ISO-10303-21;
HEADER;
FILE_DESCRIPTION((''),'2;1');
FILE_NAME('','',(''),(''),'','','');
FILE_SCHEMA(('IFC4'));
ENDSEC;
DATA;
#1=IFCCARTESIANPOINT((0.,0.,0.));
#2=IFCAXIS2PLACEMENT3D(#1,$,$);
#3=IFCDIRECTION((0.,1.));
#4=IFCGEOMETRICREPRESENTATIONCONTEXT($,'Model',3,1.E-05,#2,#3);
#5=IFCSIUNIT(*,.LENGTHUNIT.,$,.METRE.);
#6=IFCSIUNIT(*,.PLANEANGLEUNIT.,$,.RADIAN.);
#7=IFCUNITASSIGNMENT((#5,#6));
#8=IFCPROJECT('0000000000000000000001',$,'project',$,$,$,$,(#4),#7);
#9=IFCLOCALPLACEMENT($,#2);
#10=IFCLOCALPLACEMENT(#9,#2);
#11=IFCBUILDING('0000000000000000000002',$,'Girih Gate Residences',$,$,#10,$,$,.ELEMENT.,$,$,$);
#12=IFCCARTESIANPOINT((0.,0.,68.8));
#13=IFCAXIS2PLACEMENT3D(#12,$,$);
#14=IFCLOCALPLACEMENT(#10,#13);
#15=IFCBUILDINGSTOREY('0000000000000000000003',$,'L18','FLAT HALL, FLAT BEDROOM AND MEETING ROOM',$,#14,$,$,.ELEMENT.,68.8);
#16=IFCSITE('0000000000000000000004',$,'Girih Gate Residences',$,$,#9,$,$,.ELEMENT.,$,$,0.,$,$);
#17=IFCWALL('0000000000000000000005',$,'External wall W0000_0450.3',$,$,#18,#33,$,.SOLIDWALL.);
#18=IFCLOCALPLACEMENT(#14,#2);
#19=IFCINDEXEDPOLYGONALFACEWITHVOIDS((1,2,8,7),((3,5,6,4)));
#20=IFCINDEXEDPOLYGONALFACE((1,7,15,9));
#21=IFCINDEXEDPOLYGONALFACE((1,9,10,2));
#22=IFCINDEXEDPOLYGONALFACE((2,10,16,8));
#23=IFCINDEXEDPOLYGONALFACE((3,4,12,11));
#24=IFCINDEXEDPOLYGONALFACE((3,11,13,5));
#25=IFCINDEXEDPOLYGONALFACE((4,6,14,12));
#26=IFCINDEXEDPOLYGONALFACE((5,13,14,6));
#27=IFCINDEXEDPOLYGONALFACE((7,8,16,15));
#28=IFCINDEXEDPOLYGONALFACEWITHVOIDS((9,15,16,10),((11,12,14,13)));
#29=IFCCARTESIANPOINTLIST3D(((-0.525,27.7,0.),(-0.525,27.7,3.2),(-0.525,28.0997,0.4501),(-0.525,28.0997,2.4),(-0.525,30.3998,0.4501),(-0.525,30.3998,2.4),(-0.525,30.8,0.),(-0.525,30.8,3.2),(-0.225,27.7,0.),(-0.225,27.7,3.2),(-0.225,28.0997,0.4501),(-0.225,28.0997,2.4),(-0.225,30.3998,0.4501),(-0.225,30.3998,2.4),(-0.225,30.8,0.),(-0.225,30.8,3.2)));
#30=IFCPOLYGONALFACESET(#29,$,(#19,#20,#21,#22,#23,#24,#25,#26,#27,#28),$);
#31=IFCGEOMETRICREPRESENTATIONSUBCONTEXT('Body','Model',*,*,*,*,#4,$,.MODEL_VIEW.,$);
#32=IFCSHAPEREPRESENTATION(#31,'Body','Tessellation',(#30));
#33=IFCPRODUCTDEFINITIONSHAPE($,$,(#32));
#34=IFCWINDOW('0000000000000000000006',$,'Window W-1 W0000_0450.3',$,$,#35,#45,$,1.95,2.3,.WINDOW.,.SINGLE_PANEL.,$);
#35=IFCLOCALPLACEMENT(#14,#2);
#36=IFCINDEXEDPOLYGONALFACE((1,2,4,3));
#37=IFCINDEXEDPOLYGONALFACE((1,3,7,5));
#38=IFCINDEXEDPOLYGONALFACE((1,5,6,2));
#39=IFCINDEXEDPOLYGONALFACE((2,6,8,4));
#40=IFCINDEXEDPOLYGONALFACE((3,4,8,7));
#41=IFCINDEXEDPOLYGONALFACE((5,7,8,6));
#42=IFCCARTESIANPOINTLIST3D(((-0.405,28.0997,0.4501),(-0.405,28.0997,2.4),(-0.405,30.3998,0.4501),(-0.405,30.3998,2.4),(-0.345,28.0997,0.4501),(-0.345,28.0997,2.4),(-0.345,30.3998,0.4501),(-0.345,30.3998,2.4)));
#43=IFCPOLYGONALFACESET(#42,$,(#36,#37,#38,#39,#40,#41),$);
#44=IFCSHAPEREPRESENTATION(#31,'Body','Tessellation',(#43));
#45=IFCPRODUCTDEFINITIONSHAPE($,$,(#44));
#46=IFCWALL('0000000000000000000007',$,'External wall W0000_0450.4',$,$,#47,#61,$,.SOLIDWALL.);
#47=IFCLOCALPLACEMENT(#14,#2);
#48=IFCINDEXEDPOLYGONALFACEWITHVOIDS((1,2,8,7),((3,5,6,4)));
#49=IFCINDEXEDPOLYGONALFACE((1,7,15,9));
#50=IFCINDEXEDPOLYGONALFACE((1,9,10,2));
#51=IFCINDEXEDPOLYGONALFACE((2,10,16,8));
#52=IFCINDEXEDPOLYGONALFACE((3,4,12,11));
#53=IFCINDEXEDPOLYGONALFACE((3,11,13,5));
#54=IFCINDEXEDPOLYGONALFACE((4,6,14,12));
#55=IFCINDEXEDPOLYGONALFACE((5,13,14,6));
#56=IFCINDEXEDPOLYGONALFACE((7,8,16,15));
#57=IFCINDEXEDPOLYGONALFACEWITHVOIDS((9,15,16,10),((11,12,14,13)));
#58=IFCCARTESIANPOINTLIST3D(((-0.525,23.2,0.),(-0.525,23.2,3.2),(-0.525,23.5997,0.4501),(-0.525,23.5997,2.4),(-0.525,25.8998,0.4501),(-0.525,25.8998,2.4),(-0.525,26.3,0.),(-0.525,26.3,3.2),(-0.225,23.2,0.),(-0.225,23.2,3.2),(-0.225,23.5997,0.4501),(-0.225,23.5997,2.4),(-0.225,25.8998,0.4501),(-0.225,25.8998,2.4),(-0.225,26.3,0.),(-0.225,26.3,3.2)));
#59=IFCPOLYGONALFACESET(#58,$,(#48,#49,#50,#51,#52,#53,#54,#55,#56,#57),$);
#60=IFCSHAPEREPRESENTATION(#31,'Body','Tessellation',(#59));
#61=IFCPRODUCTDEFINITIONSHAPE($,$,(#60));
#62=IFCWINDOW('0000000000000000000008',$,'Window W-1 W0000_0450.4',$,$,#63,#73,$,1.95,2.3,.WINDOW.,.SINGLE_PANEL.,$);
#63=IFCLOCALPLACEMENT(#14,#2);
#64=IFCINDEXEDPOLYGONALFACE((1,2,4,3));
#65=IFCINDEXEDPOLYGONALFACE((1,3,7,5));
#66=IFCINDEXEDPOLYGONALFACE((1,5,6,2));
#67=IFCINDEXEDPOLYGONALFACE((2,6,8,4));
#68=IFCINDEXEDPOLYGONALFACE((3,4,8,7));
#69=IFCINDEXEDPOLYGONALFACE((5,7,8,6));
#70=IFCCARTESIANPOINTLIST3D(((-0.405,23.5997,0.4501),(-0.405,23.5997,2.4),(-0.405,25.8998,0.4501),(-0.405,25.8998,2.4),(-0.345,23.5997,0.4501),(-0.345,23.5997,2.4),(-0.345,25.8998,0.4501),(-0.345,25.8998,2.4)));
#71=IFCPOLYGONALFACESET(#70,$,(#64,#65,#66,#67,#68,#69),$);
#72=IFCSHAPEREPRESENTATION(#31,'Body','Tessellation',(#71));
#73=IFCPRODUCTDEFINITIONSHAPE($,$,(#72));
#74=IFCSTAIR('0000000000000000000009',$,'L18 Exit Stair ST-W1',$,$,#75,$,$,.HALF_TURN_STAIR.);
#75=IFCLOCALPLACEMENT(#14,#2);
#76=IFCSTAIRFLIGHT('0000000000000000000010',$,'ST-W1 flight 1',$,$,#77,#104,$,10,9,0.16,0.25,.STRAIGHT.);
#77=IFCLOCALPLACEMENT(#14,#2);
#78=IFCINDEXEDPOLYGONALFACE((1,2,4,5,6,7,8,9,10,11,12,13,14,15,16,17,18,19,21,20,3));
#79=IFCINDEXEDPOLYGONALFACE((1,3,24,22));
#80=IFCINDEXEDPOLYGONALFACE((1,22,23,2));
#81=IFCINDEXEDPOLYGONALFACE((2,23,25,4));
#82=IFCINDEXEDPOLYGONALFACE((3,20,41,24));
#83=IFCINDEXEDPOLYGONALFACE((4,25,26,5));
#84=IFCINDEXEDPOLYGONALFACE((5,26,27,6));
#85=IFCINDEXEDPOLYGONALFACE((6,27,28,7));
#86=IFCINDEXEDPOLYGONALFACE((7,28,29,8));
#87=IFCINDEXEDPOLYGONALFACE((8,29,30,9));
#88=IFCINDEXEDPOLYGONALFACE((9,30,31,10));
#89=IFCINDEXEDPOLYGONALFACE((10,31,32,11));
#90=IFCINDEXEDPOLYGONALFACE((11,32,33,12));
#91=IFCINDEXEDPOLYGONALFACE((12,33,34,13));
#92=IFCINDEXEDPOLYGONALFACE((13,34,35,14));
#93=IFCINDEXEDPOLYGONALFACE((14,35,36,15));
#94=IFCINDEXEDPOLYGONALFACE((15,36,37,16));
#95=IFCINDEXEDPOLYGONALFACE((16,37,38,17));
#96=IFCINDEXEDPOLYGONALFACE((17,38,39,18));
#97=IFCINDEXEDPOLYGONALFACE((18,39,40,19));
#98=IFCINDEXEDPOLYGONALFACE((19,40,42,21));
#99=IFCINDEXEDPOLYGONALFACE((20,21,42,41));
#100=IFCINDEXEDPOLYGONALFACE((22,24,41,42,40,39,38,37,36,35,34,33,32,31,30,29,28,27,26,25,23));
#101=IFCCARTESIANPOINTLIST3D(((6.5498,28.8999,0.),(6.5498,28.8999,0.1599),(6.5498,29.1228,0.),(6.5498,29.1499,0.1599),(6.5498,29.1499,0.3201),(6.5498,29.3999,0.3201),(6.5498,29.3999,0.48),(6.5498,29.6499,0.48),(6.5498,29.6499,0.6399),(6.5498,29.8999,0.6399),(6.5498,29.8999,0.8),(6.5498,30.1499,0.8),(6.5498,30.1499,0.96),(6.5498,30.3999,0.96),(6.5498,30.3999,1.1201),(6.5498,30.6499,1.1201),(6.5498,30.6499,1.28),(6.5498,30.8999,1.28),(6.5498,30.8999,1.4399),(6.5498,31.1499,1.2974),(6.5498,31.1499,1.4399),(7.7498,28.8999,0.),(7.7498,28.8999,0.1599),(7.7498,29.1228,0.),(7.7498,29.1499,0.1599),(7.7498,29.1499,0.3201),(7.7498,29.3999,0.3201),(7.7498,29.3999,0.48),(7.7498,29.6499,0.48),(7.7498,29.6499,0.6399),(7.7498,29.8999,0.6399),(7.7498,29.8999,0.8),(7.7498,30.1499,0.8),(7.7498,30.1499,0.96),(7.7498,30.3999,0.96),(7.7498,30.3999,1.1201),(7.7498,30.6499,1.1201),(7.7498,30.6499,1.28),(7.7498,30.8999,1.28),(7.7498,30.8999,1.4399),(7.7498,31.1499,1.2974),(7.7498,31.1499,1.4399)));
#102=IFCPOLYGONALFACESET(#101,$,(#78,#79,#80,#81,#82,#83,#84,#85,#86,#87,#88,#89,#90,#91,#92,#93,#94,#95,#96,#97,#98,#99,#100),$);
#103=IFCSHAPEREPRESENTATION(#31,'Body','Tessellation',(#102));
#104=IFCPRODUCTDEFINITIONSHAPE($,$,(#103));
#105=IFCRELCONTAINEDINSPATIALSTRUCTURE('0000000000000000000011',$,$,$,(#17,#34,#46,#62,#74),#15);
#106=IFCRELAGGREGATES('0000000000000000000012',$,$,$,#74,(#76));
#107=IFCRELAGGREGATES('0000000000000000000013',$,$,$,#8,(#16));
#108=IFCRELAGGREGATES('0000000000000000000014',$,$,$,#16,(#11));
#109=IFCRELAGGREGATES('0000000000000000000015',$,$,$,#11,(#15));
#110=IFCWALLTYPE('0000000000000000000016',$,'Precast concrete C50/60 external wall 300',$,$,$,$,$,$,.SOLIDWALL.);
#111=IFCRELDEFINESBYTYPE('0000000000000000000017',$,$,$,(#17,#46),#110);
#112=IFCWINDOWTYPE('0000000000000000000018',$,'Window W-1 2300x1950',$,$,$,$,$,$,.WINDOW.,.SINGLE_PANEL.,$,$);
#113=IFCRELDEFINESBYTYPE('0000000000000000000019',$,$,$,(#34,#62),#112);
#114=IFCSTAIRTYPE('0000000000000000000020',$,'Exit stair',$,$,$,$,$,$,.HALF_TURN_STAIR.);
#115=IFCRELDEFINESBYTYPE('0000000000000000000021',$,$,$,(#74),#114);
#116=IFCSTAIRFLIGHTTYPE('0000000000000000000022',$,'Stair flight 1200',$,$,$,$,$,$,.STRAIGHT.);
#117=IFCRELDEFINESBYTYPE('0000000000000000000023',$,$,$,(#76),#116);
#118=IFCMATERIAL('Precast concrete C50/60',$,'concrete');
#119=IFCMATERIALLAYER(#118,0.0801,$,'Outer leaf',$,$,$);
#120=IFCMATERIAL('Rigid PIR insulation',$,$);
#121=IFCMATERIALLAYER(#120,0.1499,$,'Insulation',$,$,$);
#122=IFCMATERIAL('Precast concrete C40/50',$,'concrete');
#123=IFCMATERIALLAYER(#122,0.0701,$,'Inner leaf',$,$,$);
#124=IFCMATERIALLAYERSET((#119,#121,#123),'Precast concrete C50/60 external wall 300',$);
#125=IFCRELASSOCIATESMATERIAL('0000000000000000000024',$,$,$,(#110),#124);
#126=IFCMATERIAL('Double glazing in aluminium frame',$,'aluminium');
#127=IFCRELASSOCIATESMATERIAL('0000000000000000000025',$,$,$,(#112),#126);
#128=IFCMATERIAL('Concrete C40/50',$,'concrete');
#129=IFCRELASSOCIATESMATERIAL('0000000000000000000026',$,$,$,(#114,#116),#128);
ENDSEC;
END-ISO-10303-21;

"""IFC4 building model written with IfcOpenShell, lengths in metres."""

from ifc_helpers import new_model, si_unit, direction, frame, frame_2d, origin, place, context, subcontext, project, spatial, polyline, rectangle, outline, extrude, material, layer, layer_set, type_object, element, fill, aggregate, save


model = new_model("IFC4")

# Units and contexts
model_context = context("Model", 3, precision=1e-05, world=origin(), true_north=direction((0.0, 1.0)))
body_context = subcontext(model_context, "Body", "Model", "MODEL_VIEW")
ifc_project = project(units=[si_unit("LENGTHUNIT", "METRE"), si_unit("PLANEANGLEUNIT", "RADIAN")], contexts=[model_context])

# Site, building, storey
site_placement = place(None, origin())
site = spatial("IfcSite", under=ifc_project, at=site_placement, Name="Girih Gate Residences", CompositionType="ELEMENT", RefElevation=0.0)
building_placement = place(site_placement, origin())
building = spatial("IfcBuilding", under=site, at=building_placement, Name="Girih Gate Residences", CompositionType="ELEMENT")
storey_placement = place(building_placement, frame((0.0, 0.0, 68.8)))
storey = spatial("IfcBuildingStorey", under=building, at=storey_placement, Name="L18", Description="FLAT HALL, FLAT BEDROOM AND MEETING ROOM", CompositionType="ELEMENT", Elevation=68.8)

# Walls, openings, windows
ifc_material_1 = material(Name="Precast concrete C50/60", Category="concrete")
ifc_layer_1 = layer(ifc_material_1, 0.0801, Name="Outer leaf")
ifc_material_2 = material(Name="Rigid PIR insulation")
ifc_layer_2 = layer(ifc_material_2, 0.1499, Name="Insulation")
ifc_material_3 = material(Name="Precast concrete C40/50", Category="concrete")
ifc_layer_3 = layer(ifc_material_3, 0.0701, Name="Inner leaf")
ifc_layer_set_1 = layer_set([ifc_layer_1, ifc_layer_2, ifc_layer_3], Name="Precast concrete C50/60 external wall 300")
wall_type_1 = type_object("IfcWallType", Name="Precast concrete C50/60 external wall 300", PredefinedType="SOLIDWALL", material=ifc_layer_set_1)
wall_1_placement = place(storey_placement, frame((-0.375, 27.7, 0.0), z_axis=(0.0, 0.0, 1.0), x_axis=(0.0, 1.0, 0.0)))
wall_1 = element("IfcWall", 1, at=wall_1_placement, inside=storey, type_object=wall_type_1, Name="External wall W0000_0450.3", PredefinedType="SOLIDWALL", context=body_context, shape_type="SweptSolid", body=[
    extrude(rectangle(XDim=3.1001, YDim=0.3, at=frame_2d((1.55, 0.0))), origin(), (0.0, 0.0, 1.0), 3.2),
])
opening_1_placement = place(wall_1_placement, frame((0.3999, 0.0, 0.45)))
opening_1 = element("IfcOpeningElement", 2, at=opening_1_placement, cuts=wall_1, PredefinedType="OPENING", context=body_context, shape_type="SweptSolid", body=[
    extrude(rectangle(XDim=2.3, YDim=1.95, at=frame_2d((1.1499, 0.9751))), frame((0.0, 0.1599, 0.0), z_axis=(0.0, -1.0, 0.0), x_axis=(1.0, 0.0, 0.0)), (0.0, 0.0, 1.0), 0.3201),
])
ifc_material_4 = material(Name="Double glazing in aluminium frame", Category="aluminium")
window_type = type_object("IfcWindowType", Name="Window W-1 2300x1950", PartitioningType="SINGLE_PANEL", PredefinedType="WINDOW", material=ifc_material_4)
window_1_placement = place(opening_1_placement, origin())
window_1 = element("IfcWindow", 3, at=window_1_placement, inside=storey, type_object=window_type, Name="Window W-1 W0000_0450.3", OverallHeight=1.95, OverallWidth=2.3, PartitioningType="SINGLE_PANEL", PredefinedType="WINDOW", context=body_context, shape_type="SweptSolid", body=[
    extrude(rectangle(XDim=2.3, YDim=1.95, at=frame_2d((1.1499, 0.9751))), frame((0.0, 0.03, 0.0), z_axis=(0.0, -1.0, 0.0), x_axis=(1.0, 0.0, 0.0)), (0.0, 0.0, 1.0), 0.0601),
])
fill(opening_1, window_1)
wall_2_placement = place(storey_placement, frame((-0.375, 23.2, 0.0), z_axis=(0.0, 0.0, 1.0), x_axis=(0.0, 1.0, 0.0)))
wall_2 = element("IfcWall", 4, at=wall_2_placement, inside=storey, type_object=wall_type_1, Name="External wall W0000_0450.4", PredefinedType="SOLIDWALL", context=body_context, shape_type="SweptSolid", body=[
    extrude(rectangle(XDim=3.1001, YDim=0.3, at=frame_2d((1.55, 0.0))), origin(), (0.0, 0.0, 1.0), 3.2),
])
opening_2_placement = place(wall_2_placement, frame((0.3999, 0.0, 0.45)))
opening_2 = element("IfcOpeningElement", 5, at=opening_2_placement, cuts=wall_2, PredefinedType="OPENING", context=body_context, shape_type="SweptSolid", body=[
    extrude(rectangle(XDim=2.3, YDim=1.95, at=frame_2d((1.1499, 0.9751))), frame((0.0, 0.1599, 0.0), z_axis=(0.0, -1.0, 0.0), x_axis=(1.0, 0.0, 0.0)), (0.0, 0.0, 1.0), 0.3201),
])
window_2_placement = place(opening_2_placement, origin())
window_2 = element("IfcWindow", 6, at=window_2_placement, inside=storey, type_object=window_type, Name="Window W-1 W0000_0450.4", OverallHeight=1.95, OverallWidth=2.3, PartitioningType="SINGLE_PANEL", PredefinedType="WINDOW", context=body_context, shape_type="SweptSolid", body=[
    extrude(rectangle(XDim=2.3, YDim=1.95, at=frame_2d((1.1499, 0.9751))), frame((0.0, 0.03, 0.0), z_axis=(0.0, -1.0, 0.0), x_axis=(1.0, 0.0, 0.0)), (0.0, 0.0, 1.0), 0.0601),
])
fill(opening_2, window_2)

# Stair, stair flight
ifc_material_5 = material(Name="Concrete C40/50", Category="concrete")
stair_type = type_object("IfcStairType", Name="Exit stair", PredefinedType="HALF_TURN_STAIR", material=ifc_material_5)
stair_placement = place(storey_placement, origin())
stair = element("IfcStair", 7, at=stair_placement, inside=storey, type_object=stair_type, Name="L18 Exit Stair ST-W1", PredefinedType="HALF_TURN_STAIR")
stair_flight_type = type_object("IfcStairFlightType", Name="Stair flight 1200", PredefinedType="STRAIGHT", material=ifc_material_5)
stair_flight_placement = place(storey_placement, frame((7.1499, 28.8999, 0.0), z_axis=(0.0, 0.0, 1.0), x_axis=(0.0, 1.0, 0.0)))
stair_flight = element("IfcStairFlight", 8, at=stair_flight_placement, type_object=stair_flight_type, Name="ST-W1 flight 1", NumberOfRisers=10, NumberOfTreads=9, PredefinedType="STRAIGHT", RiserHeight=0.16, TreadLength=0.25, context=body_context, shape_type="SweptSolid", body=[
    extrude(outline(polyline([(0.0, 0.0), (0.0, 0.1599), (0.25, 0.1599), (0.25, 0.3201), (0.5, 0.3201), (0.5, 0.48), (0.75, 0.48), (0.75, 0.6399), (1.0, 0.6399), (1.0, 0.8), (1.25, 0.8), (1.25, 0.96), (1.5, 0.96), (1.5, 1.1201), (1.75, 1.1201), (1.75, 1.28), (2.0, 1.28), (2.0, 1.4399), (2.25, 1.4399), (2.25, 1.6001), (2.25, 1.2974), (0.2229, 0.0), (0.0, 0.0)])), frame((0.0, 0.6001, 0.0), z_axis=(0.0, -1.0, 0.0), x_axis=(1.0, 0.0, 0.0)), (0.0, 0.0, 1.0), 1.2),
])
aggregate(stair, [stair_flight])

save(model, "model.ifc")
